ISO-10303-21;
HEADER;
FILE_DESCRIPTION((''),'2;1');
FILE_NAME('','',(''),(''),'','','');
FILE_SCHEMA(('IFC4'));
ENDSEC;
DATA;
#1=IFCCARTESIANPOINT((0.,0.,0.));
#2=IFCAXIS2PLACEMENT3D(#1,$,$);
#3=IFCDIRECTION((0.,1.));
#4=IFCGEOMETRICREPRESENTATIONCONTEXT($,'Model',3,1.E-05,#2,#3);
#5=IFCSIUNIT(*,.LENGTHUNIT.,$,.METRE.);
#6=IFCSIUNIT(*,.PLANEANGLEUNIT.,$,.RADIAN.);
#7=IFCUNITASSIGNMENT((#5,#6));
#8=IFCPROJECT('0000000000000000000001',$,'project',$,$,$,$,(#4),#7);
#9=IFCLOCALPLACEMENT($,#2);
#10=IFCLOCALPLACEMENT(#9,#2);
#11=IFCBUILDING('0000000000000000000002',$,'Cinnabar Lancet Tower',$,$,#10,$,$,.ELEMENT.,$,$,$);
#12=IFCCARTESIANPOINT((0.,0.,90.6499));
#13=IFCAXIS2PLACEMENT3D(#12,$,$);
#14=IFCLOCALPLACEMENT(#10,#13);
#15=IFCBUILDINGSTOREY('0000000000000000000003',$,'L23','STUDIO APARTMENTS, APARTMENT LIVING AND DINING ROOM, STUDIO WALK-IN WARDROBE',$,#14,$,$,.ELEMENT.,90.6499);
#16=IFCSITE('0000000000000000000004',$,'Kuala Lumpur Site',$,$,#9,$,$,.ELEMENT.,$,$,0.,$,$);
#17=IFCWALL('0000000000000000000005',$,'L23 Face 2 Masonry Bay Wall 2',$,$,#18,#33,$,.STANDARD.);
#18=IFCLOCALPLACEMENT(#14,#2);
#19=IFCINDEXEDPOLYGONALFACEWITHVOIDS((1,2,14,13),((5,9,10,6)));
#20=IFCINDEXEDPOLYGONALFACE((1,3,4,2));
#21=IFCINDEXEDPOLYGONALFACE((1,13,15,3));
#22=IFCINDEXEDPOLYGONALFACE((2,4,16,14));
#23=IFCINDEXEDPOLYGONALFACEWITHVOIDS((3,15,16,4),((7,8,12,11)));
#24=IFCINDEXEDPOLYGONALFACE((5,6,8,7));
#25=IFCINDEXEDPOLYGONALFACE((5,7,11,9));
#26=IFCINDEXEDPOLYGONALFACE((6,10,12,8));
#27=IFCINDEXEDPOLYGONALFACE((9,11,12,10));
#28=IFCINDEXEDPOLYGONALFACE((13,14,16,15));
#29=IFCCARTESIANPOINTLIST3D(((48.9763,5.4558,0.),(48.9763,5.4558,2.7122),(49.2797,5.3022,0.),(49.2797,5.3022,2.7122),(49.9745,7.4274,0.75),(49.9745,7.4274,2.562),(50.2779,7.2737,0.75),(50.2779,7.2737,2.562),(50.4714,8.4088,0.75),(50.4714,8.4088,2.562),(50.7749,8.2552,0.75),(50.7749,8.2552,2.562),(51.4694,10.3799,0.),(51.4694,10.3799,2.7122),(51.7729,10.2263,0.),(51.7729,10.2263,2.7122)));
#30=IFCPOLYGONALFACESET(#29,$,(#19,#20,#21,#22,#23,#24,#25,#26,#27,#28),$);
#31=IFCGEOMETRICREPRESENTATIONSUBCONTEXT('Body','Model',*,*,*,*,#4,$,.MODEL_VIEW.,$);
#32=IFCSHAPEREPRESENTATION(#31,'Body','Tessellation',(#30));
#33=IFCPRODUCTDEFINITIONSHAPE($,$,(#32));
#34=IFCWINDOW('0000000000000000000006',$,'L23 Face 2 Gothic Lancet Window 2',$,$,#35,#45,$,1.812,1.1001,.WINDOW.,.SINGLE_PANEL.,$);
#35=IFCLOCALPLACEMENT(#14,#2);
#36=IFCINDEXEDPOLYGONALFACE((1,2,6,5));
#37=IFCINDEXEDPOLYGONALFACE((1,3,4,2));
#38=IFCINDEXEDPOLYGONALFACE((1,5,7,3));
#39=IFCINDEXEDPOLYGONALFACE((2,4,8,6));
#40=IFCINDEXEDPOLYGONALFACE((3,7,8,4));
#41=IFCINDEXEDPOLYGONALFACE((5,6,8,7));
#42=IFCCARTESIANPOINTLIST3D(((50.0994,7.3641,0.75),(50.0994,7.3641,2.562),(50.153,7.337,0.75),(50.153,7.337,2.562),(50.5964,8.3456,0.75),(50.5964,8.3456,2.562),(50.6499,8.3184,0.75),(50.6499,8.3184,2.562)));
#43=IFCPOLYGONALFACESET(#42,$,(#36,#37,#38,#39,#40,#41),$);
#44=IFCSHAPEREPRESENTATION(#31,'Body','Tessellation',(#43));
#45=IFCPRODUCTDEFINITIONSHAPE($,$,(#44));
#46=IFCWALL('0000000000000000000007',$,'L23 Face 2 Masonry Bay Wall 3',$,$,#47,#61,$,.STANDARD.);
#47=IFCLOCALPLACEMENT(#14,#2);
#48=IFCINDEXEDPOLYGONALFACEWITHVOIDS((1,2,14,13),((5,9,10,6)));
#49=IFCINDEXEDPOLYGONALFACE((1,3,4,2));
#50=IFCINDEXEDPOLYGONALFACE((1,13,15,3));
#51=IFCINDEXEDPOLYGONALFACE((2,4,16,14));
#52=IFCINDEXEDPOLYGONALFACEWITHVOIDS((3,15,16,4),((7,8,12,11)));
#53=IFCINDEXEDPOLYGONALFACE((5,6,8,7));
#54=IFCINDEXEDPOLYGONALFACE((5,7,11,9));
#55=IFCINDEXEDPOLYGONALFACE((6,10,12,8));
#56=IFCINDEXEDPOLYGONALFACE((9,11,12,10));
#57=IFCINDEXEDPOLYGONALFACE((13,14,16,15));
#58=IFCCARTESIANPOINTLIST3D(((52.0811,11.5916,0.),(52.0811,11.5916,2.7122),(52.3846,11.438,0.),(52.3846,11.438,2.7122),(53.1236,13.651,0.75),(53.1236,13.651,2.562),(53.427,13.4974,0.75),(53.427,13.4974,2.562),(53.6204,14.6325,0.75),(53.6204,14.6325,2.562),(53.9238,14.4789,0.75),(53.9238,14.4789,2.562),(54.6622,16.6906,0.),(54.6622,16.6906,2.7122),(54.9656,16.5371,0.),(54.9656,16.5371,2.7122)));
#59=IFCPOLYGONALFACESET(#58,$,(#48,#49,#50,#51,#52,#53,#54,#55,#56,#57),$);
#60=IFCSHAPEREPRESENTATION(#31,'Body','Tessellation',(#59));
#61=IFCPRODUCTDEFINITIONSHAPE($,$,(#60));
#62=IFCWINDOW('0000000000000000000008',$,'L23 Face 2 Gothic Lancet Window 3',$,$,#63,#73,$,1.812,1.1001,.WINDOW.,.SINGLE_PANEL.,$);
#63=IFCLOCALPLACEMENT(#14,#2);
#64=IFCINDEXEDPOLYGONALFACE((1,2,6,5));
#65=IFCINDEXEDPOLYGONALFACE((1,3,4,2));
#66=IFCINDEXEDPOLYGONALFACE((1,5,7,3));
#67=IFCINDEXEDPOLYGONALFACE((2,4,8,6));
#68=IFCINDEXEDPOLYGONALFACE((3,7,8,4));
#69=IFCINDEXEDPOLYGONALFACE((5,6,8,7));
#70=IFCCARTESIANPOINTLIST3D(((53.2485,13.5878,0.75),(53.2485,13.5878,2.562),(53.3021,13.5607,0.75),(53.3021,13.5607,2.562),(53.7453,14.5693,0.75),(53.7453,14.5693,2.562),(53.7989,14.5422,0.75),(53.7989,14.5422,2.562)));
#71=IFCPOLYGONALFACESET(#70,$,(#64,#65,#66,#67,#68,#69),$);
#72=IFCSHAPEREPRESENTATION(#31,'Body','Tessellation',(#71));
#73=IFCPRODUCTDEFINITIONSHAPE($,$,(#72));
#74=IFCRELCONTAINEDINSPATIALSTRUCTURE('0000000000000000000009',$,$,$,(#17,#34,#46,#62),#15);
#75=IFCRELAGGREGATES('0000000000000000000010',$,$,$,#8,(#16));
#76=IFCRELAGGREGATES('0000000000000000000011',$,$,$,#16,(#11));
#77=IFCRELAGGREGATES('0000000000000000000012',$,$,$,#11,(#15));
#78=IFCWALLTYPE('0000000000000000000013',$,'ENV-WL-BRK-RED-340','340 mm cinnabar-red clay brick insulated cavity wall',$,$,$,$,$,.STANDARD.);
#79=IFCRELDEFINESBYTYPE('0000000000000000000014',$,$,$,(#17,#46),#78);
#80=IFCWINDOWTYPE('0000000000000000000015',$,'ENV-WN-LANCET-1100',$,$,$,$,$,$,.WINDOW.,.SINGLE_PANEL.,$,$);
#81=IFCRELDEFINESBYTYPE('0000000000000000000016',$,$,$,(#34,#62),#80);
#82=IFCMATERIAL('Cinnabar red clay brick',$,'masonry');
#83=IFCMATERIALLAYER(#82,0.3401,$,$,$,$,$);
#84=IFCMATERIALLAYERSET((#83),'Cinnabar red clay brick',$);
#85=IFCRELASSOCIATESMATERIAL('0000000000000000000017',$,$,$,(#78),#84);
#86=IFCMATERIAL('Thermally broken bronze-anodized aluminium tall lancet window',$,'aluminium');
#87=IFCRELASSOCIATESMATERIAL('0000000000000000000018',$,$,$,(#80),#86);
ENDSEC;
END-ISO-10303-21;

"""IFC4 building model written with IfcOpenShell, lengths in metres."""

from ifc_helpers import new_model, si_unit, direction, frame, frame_2d, origin, place, context, subcontext, project, spatial, rectangle, extrude, material, layer, layer_set, type_object, element, fill, save


model = new_model("IFC4")

# Units and contexts
model_context = context("Model", 3, precision=1e-05, world=origin(), true_north=direction((0.0, 1.0)))
body_context = subcontext(model_context, "Body", "Model", "MODEL_VIEW")
ifc_project = project(units=[si_unit("LENGTHUNIT", "METRE"), si_unit("PLANEANGLEUNIT", "RADIAN")], contexts=[model_context])

# Site, building, storey
site_placement = place(None, origin())
site = spatial("IfcSite", under=ifc_project, at=site_placement, Name="Kuala Lumpur Site", CompositionType="ELEMENT", RefElevation=0.0)
building_placement = place(site_placement, origin())
building = spatial("IfcBuilding", under=site, at=building_placement, Name="Cinnabar Lancet Tower", CompositionType="ELEMENT")
storey_placement = place(building_placement, frame((0.0, 0.0, 90.6499)))
storey = spatial("IfcBuildingStorey", under=building, at=storey_placement, Name="L23", Description="STUDIO APARTMENTS, APARTMENT LIVING AND DINING ROOM, STUDIO WALK-IN WARDROBE", CompositionType="ELEMENT", Elevation=90.6499)

# Shared definitions
ifc_material_1 = material(Name="Cinnabar red clay brick", Category="masonry")
ifc_layer_1 = layer(ifc_material_1, 0.3401)
ifc_layer_set_1 = layer_set([ifc_layer_1], Name="Cinnabar red clay brick")
wall_type_1 = type_object("IfcWallType", Name="ENV-WL-BRK-RED-340", Description="340 mm cinnabar-red clay brick insulated cavity wall", PredefinedType="STANDARD", material=ifc_layer_set_1)

# Shared definitions
ifc_material_2 = material(Name="Thermally broken bronze-anodized aluminium tall lancet window", Category="aluminium")
window_type = type_object("IfcWindowType", Name="ENV-WN-LANCET-1100", PartitioningType="SINGLE_PANEL", PredefinedType="WINDOW", material=ifc_material_2)

# Walls, openings, windows
wall_1_placement = place(storey_placement, frame((49.1279, 5.3789, 0.0), z_axis=(0.0, 0.0, 1.0), x_axis=(0.45172, 0.89216, 0.0)))
wall_1 = element("IfcWall", 1, at=wall_1_placement, inside=storey, type_object=wall_type_1, Name="L23 Face 2 Masonry Bay Wall 2", PredefinedType="STANDARD", context=body_context, shape_type="SweptSolid", body=[
    extrude(rectangle(XDim=5.5193, YDim=0.3401, at=frame_2d((2.7598, 0.0))), origin(), (0.0, 0.0, 1.0), 2.7122),
])
opening_1_placement = place(wall_1_placement, frame((2.21, 0.0, 0.75)))
opening_1 = element("IfcOpeningElement", 2, at=opening_1_placement, cuts=wall_1, PredefinedType="OPENING", context=body_context, shape_type="SweptSolid", body=[
    extrude(rectangle(XDim=1.1001, YDim=1.812, at=frame_2d((0.55, 0.906))), frame((0.0, 0.1799, 0.0), z_axis=(0.0, -1.0, 0.0), x_axis=(1.0, 0.0, 0.0)), (0.0, 0.0, 1.0), 0.3601),
])
window_1_placement = place(opening_1_placement, origin())
window_1 = element("IfcWindow", 3, at=window_1_placement, inside=storey, type_object=window_type, Name="L23 Face 2 Gothic Lancet Window 2", OverallHeight=1.812, OverallWidth=1.1001, PartitioningType="SINGLE_PANEL", PredefinedType="WINDOW", context=body_context, shape_type="SweptSolid", body=[
    extrude(rectangle(XDim=1.1001, YDim=1.812, at=frame_2d((0.55, 0.906))), frame((0.0, 0.03, 0.0), z_axis=(0.0, -1.0, 0.0), x_axis=(1.0, 0.0, 0.0)), (0.0, 0.0, 1.0), 0.0601),
])
fill(opening_1, window_1)
wall_2_placement = place(storey_placement, frame((52.2329, 11.5149, 0.0), z_axis=(0.0, 0.0, 1.0), x_axis=(0.451617, 0.892212, 0.0)))
wall_2 = element("IfcWall", 4, at=wall_2_placement, inside=storey, type_object=wall_type_1, Name="L23 Face 2 Masonry Bay Wall 3", PredefinedType="STANDARD", context=body_context, shape_type="SweptSolid", body=[
    extrude(rectangle(XDim=5.7151, YDim=0.3401, at=frame_2d((2.8574, 0.0))), origin(), (0.0, 0.0, 1.0), 2.7122),
])
opening_2_placement = place(wall_2_placement, frame((2.3081, 0.0, 0.75)))
opening_2 = element("IfcOpeningElement", 5, at=opening_2_placement, cuts=wall_2, PredefinedType="OPENING", context=body_context, shape_type="SweptSolid", body=[
    extrude(rectangle(XDim=1.1001, YDim=1.812, at=frame_2d((0.55, 0.906))), frame((0.0, 0.1799, 0.0), z_axis=(0.0, -1.0, 0.0), x_axis=(1.0, 0.0, 0.0)), (0.0, 0.0, 1.0), 0.3601),
])
window_2_placement = place(opening_2_placement, origin())
window_2 = element("IfcWindow", 6, at=window_2_placement, inside=storey, type_object=window_type, Name="L23 Face 2 Gothic Lancet Window 3", OverallHeight=1.812, OverallWidth=1.1001, PartitioningType="SINGLE_PANEL", PredefinedType="WINDOW", context=body_context, shape_type="SweptSolid", body=[
    extrude(rectangle(XDim=1.1001, YDim=1.812, at=frame_2d((0.55, 0.906))), frame((0.0, 0.03, 0.0), z_axis=(0.0, -1.0, 0.0), x_axis=(1.0, 0.0, 0.0)), (0.0, 0.0, 1.0), 0.0601),
])
fill(opening_2, window_2)

save(model, "model.ifc")
